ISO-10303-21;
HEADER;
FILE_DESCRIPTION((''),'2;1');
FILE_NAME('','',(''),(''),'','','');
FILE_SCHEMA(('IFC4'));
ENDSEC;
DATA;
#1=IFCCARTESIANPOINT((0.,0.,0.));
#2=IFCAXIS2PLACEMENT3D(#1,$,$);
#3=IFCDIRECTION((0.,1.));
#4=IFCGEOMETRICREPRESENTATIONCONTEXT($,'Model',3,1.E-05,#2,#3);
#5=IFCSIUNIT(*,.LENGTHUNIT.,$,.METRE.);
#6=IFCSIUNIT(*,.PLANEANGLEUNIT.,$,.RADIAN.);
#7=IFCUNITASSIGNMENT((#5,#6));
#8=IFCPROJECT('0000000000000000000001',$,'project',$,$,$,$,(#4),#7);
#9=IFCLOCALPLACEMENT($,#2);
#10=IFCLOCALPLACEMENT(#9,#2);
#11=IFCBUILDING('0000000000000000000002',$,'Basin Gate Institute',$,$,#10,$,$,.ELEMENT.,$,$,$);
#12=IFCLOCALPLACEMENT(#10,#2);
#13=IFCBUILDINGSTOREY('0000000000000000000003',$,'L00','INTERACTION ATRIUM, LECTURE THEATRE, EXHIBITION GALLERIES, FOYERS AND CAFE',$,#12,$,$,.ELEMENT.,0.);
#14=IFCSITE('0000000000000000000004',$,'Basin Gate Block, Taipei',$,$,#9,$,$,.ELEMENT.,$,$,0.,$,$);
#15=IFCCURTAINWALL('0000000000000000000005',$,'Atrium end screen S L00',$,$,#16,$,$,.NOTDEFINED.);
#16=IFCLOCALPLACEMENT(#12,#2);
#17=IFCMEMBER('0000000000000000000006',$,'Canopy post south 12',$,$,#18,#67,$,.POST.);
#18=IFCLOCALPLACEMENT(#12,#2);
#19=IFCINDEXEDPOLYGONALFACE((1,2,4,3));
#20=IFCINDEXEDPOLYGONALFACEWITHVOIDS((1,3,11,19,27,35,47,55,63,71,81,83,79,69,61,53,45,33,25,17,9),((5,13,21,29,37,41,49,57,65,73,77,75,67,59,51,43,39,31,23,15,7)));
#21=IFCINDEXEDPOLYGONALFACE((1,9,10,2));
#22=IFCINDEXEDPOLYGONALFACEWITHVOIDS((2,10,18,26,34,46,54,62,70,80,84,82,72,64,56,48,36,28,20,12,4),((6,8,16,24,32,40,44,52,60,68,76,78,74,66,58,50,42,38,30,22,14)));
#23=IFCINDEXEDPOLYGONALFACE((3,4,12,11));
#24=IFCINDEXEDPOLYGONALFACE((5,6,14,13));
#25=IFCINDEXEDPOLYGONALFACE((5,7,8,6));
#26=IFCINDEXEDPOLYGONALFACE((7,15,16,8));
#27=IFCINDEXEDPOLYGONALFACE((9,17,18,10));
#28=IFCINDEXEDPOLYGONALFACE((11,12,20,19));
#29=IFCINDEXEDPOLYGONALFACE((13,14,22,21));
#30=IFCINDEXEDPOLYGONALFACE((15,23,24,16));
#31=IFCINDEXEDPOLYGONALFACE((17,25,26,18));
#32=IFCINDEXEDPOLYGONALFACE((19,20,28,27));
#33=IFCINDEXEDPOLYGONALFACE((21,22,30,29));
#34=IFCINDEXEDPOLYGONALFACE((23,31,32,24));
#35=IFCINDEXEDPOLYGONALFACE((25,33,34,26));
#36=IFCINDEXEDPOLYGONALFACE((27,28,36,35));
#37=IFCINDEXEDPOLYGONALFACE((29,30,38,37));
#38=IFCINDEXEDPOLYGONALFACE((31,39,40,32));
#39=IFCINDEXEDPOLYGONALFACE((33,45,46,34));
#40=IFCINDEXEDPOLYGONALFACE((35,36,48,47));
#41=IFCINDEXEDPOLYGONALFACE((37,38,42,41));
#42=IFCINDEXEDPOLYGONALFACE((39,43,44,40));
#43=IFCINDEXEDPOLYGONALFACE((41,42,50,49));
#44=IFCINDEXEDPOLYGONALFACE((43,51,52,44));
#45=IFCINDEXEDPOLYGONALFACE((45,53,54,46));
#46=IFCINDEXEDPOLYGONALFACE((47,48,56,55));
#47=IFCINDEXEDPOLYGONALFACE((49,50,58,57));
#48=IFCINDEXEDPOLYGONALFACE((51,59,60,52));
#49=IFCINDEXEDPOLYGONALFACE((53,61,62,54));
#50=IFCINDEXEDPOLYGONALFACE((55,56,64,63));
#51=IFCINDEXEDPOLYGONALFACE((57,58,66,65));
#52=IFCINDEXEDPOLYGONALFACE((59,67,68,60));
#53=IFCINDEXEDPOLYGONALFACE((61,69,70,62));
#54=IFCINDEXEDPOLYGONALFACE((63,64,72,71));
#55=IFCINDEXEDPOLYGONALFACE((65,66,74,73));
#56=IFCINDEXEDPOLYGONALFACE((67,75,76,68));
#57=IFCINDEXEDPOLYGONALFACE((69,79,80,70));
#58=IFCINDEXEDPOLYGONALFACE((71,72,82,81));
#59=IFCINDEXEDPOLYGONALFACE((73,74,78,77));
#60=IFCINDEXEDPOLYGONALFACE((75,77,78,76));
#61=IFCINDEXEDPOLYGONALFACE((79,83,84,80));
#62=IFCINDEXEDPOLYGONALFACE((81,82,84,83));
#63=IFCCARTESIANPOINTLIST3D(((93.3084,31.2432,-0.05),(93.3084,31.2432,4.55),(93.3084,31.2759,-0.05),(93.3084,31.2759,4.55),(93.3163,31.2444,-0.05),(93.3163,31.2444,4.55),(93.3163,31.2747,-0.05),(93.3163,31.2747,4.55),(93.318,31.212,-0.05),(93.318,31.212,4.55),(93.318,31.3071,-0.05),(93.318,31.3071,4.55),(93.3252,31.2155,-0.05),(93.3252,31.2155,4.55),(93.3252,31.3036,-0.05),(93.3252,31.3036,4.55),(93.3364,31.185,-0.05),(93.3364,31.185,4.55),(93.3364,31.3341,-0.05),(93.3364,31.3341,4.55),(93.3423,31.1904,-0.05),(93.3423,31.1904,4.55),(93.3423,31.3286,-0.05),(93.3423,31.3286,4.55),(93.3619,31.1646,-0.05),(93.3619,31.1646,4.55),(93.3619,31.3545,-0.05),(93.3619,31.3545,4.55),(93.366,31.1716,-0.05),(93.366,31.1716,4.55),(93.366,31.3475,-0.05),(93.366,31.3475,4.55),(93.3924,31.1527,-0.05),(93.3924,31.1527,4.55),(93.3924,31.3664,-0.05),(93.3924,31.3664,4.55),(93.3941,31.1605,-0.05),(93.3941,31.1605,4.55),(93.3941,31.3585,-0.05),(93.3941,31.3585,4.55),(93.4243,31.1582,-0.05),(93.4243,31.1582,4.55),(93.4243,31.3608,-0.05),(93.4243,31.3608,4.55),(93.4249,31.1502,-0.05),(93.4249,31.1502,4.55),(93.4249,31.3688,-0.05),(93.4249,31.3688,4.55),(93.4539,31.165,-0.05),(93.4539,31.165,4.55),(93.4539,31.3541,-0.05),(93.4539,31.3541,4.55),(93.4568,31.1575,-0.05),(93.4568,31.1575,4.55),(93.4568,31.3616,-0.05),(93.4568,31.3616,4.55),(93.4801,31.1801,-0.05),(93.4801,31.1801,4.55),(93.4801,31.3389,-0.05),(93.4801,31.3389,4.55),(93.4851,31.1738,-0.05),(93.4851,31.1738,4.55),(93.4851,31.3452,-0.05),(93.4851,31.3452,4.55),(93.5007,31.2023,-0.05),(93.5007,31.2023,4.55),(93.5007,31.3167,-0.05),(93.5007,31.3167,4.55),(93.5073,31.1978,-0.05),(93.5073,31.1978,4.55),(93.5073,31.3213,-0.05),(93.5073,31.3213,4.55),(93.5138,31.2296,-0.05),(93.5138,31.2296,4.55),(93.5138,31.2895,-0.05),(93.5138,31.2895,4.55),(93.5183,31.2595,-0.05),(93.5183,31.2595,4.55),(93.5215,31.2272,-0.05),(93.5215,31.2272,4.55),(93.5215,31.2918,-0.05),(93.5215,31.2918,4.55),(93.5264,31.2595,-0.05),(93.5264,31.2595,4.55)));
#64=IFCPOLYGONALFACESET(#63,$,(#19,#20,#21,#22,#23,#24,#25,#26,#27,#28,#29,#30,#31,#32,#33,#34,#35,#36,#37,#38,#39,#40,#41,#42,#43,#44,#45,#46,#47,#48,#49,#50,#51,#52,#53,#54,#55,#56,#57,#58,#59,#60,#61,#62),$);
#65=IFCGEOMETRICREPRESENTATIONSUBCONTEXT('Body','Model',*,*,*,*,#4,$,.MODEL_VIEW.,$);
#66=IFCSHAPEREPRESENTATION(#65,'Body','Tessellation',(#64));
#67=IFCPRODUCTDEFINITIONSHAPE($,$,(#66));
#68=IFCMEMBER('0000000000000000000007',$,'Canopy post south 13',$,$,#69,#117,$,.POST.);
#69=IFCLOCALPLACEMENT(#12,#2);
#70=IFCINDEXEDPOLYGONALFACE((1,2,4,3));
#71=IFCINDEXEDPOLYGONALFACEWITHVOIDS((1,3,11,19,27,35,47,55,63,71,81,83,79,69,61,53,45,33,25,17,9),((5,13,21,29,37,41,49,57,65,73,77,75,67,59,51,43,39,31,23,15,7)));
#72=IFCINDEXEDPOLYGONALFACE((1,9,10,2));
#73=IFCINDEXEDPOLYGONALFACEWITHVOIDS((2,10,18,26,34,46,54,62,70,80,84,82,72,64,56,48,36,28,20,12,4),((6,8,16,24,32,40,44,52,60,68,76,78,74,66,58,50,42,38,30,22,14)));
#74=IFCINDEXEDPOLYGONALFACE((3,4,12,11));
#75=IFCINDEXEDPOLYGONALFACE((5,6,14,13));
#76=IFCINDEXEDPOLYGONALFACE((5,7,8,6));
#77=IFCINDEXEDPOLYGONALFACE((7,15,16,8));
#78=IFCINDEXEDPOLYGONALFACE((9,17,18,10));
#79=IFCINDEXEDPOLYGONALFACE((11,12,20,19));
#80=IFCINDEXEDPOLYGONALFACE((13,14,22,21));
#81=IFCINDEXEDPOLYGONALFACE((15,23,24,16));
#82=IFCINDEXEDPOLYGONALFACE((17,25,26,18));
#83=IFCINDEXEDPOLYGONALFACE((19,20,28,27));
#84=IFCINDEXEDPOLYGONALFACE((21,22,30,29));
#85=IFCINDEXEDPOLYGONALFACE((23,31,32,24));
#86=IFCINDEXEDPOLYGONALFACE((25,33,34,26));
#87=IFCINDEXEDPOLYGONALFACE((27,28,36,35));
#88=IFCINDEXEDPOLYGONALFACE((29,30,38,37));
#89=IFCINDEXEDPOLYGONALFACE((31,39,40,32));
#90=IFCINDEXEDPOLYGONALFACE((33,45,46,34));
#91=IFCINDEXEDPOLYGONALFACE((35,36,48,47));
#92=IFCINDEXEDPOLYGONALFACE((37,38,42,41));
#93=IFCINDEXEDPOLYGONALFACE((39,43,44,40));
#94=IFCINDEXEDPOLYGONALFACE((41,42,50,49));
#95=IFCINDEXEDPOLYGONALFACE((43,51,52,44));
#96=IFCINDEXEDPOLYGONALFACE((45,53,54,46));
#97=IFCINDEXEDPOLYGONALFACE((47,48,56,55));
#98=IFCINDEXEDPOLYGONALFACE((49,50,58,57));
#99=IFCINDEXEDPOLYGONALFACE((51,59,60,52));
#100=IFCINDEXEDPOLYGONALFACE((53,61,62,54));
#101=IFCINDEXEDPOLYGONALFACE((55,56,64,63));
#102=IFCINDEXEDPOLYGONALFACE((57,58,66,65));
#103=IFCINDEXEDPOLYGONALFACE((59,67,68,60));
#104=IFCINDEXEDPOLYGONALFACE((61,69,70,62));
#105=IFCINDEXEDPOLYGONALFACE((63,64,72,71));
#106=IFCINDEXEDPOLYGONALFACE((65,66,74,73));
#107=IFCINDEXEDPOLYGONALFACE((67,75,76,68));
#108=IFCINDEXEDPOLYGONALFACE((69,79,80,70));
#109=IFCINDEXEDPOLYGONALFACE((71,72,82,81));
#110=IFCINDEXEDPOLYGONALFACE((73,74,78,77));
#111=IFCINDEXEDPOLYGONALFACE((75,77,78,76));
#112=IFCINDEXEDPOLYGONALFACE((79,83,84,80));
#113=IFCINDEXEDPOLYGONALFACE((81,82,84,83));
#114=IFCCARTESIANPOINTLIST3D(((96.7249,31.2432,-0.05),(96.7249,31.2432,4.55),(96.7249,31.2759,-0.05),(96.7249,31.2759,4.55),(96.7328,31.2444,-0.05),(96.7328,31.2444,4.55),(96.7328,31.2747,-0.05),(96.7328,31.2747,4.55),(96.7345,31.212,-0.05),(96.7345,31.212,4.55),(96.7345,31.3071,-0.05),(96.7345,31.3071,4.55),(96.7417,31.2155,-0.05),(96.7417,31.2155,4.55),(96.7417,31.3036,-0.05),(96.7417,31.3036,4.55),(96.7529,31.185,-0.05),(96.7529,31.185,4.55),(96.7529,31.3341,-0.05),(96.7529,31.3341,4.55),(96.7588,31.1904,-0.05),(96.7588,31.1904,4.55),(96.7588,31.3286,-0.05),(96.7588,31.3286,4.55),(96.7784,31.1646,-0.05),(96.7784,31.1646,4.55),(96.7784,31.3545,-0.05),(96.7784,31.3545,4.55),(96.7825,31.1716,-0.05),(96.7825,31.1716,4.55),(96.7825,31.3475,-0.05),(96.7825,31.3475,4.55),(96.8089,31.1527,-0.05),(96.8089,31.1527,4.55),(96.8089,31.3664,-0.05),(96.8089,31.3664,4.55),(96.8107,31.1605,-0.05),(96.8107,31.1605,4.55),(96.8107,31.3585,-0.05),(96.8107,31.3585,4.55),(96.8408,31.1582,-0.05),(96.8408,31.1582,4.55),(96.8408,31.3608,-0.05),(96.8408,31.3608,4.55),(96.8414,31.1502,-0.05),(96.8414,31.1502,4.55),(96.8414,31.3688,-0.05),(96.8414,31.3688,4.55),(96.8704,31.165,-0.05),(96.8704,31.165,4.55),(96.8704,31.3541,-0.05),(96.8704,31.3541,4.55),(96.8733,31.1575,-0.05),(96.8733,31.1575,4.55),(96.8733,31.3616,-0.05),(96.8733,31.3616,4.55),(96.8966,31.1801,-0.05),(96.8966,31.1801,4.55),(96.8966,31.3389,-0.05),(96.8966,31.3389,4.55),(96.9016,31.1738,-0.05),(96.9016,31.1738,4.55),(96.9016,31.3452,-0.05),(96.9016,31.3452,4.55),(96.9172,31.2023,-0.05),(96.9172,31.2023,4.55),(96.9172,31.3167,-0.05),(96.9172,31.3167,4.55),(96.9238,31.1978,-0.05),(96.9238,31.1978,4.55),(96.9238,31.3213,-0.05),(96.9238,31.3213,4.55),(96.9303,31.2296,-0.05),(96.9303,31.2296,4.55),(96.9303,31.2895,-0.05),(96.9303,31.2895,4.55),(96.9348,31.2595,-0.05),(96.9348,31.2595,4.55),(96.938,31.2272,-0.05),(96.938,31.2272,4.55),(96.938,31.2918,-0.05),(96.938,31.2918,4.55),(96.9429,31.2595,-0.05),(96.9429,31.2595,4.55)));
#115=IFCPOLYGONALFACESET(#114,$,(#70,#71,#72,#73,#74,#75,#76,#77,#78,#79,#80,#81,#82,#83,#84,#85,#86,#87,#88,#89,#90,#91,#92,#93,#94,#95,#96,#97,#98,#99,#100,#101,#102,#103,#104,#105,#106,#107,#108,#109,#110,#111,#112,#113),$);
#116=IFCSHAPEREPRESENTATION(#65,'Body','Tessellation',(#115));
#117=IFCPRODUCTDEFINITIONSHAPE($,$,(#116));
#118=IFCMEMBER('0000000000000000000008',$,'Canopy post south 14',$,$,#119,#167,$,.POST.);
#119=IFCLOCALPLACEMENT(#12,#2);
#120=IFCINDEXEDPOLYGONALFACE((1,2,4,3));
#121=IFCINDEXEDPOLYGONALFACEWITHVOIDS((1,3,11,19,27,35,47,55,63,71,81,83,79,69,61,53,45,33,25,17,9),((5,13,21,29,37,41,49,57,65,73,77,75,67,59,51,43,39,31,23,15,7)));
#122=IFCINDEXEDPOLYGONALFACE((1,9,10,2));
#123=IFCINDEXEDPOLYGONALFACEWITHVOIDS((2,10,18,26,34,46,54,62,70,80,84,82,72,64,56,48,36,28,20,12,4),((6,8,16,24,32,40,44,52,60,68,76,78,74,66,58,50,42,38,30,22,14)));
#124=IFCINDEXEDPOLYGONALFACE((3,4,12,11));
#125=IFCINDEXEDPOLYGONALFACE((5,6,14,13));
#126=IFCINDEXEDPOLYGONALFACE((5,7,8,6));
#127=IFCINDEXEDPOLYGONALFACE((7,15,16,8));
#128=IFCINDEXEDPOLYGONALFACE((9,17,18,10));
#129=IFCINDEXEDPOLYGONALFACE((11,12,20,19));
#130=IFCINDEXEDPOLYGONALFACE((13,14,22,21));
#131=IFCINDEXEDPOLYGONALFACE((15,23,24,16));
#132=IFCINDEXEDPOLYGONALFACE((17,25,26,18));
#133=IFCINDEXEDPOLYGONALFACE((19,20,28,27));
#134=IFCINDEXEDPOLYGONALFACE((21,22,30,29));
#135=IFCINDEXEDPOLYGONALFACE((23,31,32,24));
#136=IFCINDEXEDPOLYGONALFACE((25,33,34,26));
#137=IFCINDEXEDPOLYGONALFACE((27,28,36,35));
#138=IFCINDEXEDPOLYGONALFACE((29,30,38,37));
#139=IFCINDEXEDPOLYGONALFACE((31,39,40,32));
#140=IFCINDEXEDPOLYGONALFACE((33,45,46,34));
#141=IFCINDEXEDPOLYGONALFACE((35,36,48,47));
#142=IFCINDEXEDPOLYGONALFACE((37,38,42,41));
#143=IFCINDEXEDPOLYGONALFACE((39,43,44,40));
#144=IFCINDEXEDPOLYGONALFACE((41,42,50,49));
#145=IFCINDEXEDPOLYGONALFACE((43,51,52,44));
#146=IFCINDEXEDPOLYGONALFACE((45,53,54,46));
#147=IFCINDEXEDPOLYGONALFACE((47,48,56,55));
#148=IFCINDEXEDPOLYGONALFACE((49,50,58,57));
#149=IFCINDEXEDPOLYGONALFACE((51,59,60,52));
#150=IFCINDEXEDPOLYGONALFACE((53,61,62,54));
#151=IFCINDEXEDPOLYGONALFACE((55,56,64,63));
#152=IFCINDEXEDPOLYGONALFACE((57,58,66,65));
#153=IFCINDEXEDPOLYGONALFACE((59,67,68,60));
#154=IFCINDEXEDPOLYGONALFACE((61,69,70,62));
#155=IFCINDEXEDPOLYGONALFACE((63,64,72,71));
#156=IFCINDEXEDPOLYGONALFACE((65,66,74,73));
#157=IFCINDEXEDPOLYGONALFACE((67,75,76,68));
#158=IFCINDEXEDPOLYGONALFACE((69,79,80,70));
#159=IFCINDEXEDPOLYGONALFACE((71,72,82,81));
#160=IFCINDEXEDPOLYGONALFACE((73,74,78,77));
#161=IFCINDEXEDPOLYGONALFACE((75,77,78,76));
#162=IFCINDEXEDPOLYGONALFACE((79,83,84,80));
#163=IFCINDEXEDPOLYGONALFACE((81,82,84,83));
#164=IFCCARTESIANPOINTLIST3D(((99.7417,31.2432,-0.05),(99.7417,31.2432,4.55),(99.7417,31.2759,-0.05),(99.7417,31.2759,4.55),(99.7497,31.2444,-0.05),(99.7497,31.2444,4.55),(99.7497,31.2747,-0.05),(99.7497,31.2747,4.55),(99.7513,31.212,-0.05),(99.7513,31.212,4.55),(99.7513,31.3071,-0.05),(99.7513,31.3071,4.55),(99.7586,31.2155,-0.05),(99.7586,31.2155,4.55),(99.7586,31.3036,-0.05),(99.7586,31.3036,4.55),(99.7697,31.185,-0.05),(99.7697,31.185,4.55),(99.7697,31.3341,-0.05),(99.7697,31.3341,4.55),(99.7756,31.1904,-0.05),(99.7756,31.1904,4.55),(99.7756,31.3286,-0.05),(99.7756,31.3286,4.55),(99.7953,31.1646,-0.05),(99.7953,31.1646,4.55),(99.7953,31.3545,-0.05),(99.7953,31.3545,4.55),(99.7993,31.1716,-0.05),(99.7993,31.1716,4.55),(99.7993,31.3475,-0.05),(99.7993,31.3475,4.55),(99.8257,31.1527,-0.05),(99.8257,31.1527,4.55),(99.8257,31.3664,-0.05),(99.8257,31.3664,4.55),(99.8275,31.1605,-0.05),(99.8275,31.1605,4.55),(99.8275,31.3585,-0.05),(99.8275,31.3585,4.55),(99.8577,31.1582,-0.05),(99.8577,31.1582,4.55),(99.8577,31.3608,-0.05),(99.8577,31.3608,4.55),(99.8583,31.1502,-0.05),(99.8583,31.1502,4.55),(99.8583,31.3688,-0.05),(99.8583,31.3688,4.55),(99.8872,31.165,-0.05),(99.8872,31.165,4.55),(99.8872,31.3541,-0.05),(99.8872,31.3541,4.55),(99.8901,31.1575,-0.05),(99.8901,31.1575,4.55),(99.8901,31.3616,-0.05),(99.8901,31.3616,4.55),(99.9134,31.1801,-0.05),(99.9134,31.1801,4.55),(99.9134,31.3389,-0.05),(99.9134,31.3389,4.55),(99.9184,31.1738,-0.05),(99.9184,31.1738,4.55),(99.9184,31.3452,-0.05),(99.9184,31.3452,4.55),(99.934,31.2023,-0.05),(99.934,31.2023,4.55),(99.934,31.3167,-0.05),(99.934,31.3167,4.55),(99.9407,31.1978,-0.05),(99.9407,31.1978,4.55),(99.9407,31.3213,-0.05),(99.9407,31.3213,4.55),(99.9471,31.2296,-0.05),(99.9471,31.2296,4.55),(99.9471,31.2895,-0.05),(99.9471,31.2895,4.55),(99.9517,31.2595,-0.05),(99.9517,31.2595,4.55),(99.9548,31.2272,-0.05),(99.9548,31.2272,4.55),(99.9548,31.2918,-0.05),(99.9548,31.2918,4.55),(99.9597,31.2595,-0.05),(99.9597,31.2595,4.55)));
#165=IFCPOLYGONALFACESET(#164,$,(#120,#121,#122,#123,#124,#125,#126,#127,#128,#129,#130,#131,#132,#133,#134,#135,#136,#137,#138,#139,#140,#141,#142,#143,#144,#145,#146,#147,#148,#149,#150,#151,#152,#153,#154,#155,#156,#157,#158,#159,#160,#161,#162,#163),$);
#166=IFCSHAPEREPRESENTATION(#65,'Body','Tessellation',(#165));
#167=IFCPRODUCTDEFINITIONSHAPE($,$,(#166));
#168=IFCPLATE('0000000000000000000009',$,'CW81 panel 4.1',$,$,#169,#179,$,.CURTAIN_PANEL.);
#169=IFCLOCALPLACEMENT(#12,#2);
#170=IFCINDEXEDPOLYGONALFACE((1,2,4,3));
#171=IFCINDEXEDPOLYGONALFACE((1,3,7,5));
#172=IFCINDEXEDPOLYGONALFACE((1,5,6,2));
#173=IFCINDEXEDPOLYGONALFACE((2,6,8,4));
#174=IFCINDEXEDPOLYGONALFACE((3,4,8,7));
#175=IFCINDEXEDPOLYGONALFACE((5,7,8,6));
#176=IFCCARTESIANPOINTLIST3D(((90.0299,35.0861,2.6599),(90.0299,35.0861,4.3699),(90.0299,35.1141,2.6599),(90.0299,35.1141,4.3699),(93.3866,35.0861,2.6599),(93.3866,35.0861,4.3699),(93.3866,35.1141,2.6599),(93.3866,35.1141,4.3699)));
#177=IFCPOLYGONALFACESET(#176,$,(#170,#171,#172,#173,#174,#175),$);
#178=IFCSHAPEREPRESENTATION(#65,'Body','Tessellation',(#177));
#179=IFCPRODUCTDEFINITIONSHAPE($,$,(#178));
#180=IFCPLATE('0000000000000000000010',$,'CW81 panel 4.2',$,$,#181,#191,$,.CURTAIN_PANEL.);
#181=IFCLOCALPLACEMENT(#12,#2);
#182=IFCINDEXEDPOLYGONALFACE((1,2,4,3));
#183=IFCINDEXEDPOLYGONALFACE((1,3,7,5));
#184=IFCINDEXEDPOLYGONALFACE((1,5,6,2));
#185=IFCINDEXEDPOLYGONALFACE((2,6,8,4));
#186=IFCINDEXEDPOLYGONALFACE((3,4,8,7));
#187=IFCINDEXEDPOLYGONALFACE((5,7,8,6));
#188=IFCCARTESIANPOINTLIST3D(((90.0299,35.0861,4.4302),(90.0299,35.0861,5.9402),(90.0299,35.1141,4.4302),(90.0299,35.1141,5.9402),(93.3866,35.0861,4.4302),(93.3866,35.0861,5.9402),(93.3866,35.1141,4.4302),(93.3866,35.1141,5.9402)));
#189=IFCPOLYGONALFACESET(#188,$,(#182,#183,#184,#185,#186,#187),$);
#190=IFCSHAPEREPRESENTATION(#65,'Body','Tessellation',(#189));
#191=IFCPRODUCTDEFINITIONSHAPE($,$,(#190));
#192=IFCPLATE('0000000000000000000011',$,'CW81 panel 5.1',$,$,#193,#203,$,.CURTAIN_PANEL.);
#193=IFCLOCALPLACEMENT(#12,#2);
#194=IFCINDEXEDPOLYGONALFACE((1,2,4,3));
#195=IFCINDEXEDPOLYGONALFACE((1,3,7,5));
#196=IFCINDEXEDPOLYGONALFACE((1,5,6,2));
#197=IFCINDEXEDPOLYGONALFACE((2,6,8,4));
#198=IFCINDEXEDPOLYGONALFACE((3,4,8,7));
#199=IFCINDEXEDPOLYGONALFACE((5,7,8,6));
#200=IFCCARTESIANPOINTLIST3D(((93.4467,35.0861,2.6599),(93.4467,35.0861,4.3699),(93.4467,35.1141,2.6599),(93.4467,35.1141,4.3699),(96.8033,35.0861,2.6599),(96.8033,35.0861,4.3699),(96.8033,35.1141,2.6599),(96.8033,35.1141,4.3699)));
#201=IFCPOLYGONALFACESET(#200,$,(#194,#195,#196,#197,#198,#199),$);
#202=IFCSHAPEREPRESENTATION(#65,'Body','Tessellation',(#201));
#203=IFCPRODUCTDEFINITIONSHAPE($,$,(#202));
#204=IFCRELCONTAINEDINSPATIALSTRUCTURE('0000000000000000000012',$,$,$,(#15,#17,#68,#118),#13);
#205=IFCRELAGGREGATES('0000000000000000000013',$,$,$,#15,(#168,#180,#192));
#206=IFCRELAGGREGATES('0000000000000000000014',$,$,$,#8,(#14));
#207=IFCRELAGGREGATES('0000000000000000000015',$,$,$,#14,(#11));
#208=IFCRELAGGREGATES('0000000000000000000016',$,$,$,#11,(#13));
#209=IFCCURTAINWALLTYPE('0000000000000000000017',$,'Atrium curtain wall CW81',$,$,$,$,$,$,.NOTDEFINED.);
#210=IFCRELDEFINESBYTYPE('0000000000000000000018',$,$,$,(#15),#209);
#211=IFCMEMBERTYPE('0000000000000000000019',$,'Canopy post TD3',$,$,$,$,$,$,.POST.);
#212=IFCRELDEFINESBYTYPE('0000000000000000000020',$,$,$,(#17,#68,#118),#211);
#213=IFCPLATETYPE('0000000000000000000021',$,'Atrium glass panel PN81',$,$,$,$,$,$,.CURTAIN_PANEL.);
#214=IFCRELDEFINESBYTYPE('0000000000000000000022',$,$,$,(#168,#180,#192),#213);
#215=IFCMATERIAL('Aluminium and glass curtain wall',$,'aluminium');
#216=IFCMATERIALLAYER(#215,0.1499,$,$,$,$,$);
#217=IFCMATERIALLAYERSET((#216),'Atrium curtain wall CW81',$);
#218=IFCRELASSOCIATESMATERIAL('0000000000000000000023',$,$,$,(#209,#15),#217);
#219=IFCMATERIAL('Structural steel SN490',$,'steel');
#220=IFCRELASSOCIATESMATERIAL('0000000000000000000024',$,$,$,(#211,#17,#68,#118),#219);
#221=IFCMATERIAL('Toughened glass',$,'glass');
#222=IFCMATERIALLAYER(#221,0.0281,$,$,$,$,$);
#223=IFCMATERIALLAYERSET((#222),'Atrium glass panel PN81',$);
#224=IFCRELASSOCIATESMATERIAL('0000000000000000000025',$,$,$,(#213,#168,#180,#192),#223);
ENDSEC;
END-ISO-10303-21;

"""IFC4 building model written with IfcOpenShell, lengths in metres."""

from ifc_helpers import new_model, si_unit, direction, frame, origin, origin_2d, place, context, subcontext, project, spatial, rectangle, hollow_circle, extrude, material, layer, layer_set, material_profile, profile_set, type_object, element, aggregate, save


model = new_model("IFC4")

# Units and contexts
model_context = context("Model", 3, precision=1e-05, world=origin(), true_north=direction((0.0, 1.0)))
body_context = subcontext(model_context, "Body", "Model", "MODEL_VIEW")
ifc_project = project(units=[si_unit("LENGTHUNIT", "METRE"), si_unit("PLANEANGLEUNIT", "RADIAN")], contexts=[model_context])

# Site, building, storey
site_placement = place(None, origin())
site = spatial("IfcSite", under=ifc_project, at=site_placement, Name="Basin Gate Block, Taipei", CompositionType="ELEMENT", RefElevation=0.0)
building_placement = place(site_placement, origin())
building = spatial("IfcBuilding", under=site, at=building_placement, Name="Basin Gate Institute", CompositionType="ELEMENT")
storey_placement = place(building_placement, origin())
storey = spatial("IfcBuildingStorey", under=building, at=storey_placement, Name="L00", Description="INTERACTION ATRIUM, LECTURE THEATRE, EXHIBITION GALLERIES, FOYERS AND CAFE", CompositionType="ELEMENT", Elevation=0.0)

# Curtain wall
ifc_material_1 = material(Name="Aluminium and glass curtain wall", Category="aluminium")
ifc_layer_1 = layer(ifc_material_1, 0.1499)
ifc_layer_set_1 = layer_set([ifc_layer_1], Name="Atrium curtain wall CW81")
curtain_wall_type = type_object("IfcCurtainWallType", Name="Atrium curtain wall CW81", PredefinedType="NOTDEFINED", material=ifc_layer_set_1)
curtain_wall_placement = place(storey_placement, origin())
curtain_wall = element("IfcCurtainWall", 1, at=curtain_wall_placement, inside=storey, type_object=curtain_wall_type, material=ifc_layer_set_1, Name="Atrium end screen S L00", PredefinedType="NOTDEFINED")

# Members
ifc_material_2 = material(Name="Structural steel SN490", Category="steel")
ifc_material_profile_1 = material_profile(ifc_material_2, hollow_circle(Radius=0.1096, WallThickness=0.0081, at=origin_2d()), Name="CHS219x8")
ifc_profile_set_1 = profile_set([ifc_material_profile_1], Name="Structural steel SN490")
member_type_1 = type_object("IfcMemberType", Name="Canopy post TD3", PredefinedType="POST", material=ifc_profile_set_1)
for number, where, z_axis, x_axis, name in (
    (2, (93.4167, 31.2595, -0.05), (0.0, 0.0, 1.0), (1.0, 0.0, 0.0), "Canopy post south 12"),
    (3, (96.8333, 31.2595, -0.05), (0.0, 0.0, 1.0), (1.0, 0.0, 0.0), "Canopy post south 13"),
    (4, (99.8501, 31.2595, -0.05), (0.0, 0.0, 1.0), (1.0, 0.0, 0.0), "Canopy post south 14"),
):
    element("IfcMember", number, at=place(storey_placement, frame(where, z_axis=z_axis, x_axis=x_axis)), inside=storey, type_object=member_type_1, material=ifc_profile_set_1, Name=name, PredefinedType="POST", context=body_context, shape_type="SweptSolid", body=[
        extrude(hollow_circle(Radius=0.1096, WallThickness=0.0081, at=origin_2d()), origin(), (0.0, 0.0, 1.0), 4.6001),
    ])

# Plates
ifc_material_3 = material(Name="Toughened glass", Category="glass")
ifc_layer_2 = layer(ifc_material_3, 0.0281)
ifc_layer_set_2 = layer_set([ifc_layer_2], Name="Atrium glass panel PN81")
plate_type = type_object("IfcPlateType", Name="Atrium glass panel PN81", PredefinedType="CURTAIN_PANEL", material=ifc_layer_set_2)
plate_1_placement = place(storey_placement, frame((91.7083, 35.1001, 2.6599), z_axis=(0.0, 0.0, 1.0), x_axis=(1.0, 0.0, 0.0)))
plate_1 = element("IfcPlate", 5, at=plate_1_placement, type_object=plate_type, material=ifc_layer_set_2, Name="CW81 panel 4.1", PredefinedType="CURTAIN_PANEL", context=body_context, shape_type="SweptSolid", body=[
    extrude(rectangle(XDim=3.3567, YDim=0.0281, at=origin_2d()), origin(), (0.0, 0.0, 1.0), 1.71),
])
plate_2_placement = place(storey_placement, frame((91.7083, 35.1001, 4.4302), z_axis=(0.0, 0.0, 1.0), x_axis=(1.0, 0.0, 0.0)))
plate_2 = element("IfcPlate", 6, at=plate_2_placement, type_object=plate_type, material=ifc_layer_set_2, Name="CW81 panel 4.2", PredefinedType="CURTAIN_PANEL", context=body_context, shape_type="SweptSolid", body=[
    extrude(rectangle(XDim=3.3567, YDim=0.0281, at=origin_2d()), origin(), (0.0, 0.0, 1.0), 1.51),
])
plate_3_placement = place(storey_placement, frame((95.125, 35.1001, 2.6599), z_axis=(0.0, 0.0, 1.0), x_axis=(1.0, 0.0, 0.0)))
plate_3 = element("IfcPlate", 7, at=plate_3_placement, type_object=plate_type, material=ifc_layer_set_2, Name="CW81 panel 5.1", PredefinedType="CURTAIN_PANEL", context=body_context, shape_type="SweptSolid", body=[
    extrude(rectangle(XDim=3.3567, YDim=0.0281, at=origin_2d()), origin(), (0.0, 0.0, 1.0), 1.71),
])
aggregate(curtain_wall, [plate_1, plate_2, plate_3])

save(model, "model.ifc")
